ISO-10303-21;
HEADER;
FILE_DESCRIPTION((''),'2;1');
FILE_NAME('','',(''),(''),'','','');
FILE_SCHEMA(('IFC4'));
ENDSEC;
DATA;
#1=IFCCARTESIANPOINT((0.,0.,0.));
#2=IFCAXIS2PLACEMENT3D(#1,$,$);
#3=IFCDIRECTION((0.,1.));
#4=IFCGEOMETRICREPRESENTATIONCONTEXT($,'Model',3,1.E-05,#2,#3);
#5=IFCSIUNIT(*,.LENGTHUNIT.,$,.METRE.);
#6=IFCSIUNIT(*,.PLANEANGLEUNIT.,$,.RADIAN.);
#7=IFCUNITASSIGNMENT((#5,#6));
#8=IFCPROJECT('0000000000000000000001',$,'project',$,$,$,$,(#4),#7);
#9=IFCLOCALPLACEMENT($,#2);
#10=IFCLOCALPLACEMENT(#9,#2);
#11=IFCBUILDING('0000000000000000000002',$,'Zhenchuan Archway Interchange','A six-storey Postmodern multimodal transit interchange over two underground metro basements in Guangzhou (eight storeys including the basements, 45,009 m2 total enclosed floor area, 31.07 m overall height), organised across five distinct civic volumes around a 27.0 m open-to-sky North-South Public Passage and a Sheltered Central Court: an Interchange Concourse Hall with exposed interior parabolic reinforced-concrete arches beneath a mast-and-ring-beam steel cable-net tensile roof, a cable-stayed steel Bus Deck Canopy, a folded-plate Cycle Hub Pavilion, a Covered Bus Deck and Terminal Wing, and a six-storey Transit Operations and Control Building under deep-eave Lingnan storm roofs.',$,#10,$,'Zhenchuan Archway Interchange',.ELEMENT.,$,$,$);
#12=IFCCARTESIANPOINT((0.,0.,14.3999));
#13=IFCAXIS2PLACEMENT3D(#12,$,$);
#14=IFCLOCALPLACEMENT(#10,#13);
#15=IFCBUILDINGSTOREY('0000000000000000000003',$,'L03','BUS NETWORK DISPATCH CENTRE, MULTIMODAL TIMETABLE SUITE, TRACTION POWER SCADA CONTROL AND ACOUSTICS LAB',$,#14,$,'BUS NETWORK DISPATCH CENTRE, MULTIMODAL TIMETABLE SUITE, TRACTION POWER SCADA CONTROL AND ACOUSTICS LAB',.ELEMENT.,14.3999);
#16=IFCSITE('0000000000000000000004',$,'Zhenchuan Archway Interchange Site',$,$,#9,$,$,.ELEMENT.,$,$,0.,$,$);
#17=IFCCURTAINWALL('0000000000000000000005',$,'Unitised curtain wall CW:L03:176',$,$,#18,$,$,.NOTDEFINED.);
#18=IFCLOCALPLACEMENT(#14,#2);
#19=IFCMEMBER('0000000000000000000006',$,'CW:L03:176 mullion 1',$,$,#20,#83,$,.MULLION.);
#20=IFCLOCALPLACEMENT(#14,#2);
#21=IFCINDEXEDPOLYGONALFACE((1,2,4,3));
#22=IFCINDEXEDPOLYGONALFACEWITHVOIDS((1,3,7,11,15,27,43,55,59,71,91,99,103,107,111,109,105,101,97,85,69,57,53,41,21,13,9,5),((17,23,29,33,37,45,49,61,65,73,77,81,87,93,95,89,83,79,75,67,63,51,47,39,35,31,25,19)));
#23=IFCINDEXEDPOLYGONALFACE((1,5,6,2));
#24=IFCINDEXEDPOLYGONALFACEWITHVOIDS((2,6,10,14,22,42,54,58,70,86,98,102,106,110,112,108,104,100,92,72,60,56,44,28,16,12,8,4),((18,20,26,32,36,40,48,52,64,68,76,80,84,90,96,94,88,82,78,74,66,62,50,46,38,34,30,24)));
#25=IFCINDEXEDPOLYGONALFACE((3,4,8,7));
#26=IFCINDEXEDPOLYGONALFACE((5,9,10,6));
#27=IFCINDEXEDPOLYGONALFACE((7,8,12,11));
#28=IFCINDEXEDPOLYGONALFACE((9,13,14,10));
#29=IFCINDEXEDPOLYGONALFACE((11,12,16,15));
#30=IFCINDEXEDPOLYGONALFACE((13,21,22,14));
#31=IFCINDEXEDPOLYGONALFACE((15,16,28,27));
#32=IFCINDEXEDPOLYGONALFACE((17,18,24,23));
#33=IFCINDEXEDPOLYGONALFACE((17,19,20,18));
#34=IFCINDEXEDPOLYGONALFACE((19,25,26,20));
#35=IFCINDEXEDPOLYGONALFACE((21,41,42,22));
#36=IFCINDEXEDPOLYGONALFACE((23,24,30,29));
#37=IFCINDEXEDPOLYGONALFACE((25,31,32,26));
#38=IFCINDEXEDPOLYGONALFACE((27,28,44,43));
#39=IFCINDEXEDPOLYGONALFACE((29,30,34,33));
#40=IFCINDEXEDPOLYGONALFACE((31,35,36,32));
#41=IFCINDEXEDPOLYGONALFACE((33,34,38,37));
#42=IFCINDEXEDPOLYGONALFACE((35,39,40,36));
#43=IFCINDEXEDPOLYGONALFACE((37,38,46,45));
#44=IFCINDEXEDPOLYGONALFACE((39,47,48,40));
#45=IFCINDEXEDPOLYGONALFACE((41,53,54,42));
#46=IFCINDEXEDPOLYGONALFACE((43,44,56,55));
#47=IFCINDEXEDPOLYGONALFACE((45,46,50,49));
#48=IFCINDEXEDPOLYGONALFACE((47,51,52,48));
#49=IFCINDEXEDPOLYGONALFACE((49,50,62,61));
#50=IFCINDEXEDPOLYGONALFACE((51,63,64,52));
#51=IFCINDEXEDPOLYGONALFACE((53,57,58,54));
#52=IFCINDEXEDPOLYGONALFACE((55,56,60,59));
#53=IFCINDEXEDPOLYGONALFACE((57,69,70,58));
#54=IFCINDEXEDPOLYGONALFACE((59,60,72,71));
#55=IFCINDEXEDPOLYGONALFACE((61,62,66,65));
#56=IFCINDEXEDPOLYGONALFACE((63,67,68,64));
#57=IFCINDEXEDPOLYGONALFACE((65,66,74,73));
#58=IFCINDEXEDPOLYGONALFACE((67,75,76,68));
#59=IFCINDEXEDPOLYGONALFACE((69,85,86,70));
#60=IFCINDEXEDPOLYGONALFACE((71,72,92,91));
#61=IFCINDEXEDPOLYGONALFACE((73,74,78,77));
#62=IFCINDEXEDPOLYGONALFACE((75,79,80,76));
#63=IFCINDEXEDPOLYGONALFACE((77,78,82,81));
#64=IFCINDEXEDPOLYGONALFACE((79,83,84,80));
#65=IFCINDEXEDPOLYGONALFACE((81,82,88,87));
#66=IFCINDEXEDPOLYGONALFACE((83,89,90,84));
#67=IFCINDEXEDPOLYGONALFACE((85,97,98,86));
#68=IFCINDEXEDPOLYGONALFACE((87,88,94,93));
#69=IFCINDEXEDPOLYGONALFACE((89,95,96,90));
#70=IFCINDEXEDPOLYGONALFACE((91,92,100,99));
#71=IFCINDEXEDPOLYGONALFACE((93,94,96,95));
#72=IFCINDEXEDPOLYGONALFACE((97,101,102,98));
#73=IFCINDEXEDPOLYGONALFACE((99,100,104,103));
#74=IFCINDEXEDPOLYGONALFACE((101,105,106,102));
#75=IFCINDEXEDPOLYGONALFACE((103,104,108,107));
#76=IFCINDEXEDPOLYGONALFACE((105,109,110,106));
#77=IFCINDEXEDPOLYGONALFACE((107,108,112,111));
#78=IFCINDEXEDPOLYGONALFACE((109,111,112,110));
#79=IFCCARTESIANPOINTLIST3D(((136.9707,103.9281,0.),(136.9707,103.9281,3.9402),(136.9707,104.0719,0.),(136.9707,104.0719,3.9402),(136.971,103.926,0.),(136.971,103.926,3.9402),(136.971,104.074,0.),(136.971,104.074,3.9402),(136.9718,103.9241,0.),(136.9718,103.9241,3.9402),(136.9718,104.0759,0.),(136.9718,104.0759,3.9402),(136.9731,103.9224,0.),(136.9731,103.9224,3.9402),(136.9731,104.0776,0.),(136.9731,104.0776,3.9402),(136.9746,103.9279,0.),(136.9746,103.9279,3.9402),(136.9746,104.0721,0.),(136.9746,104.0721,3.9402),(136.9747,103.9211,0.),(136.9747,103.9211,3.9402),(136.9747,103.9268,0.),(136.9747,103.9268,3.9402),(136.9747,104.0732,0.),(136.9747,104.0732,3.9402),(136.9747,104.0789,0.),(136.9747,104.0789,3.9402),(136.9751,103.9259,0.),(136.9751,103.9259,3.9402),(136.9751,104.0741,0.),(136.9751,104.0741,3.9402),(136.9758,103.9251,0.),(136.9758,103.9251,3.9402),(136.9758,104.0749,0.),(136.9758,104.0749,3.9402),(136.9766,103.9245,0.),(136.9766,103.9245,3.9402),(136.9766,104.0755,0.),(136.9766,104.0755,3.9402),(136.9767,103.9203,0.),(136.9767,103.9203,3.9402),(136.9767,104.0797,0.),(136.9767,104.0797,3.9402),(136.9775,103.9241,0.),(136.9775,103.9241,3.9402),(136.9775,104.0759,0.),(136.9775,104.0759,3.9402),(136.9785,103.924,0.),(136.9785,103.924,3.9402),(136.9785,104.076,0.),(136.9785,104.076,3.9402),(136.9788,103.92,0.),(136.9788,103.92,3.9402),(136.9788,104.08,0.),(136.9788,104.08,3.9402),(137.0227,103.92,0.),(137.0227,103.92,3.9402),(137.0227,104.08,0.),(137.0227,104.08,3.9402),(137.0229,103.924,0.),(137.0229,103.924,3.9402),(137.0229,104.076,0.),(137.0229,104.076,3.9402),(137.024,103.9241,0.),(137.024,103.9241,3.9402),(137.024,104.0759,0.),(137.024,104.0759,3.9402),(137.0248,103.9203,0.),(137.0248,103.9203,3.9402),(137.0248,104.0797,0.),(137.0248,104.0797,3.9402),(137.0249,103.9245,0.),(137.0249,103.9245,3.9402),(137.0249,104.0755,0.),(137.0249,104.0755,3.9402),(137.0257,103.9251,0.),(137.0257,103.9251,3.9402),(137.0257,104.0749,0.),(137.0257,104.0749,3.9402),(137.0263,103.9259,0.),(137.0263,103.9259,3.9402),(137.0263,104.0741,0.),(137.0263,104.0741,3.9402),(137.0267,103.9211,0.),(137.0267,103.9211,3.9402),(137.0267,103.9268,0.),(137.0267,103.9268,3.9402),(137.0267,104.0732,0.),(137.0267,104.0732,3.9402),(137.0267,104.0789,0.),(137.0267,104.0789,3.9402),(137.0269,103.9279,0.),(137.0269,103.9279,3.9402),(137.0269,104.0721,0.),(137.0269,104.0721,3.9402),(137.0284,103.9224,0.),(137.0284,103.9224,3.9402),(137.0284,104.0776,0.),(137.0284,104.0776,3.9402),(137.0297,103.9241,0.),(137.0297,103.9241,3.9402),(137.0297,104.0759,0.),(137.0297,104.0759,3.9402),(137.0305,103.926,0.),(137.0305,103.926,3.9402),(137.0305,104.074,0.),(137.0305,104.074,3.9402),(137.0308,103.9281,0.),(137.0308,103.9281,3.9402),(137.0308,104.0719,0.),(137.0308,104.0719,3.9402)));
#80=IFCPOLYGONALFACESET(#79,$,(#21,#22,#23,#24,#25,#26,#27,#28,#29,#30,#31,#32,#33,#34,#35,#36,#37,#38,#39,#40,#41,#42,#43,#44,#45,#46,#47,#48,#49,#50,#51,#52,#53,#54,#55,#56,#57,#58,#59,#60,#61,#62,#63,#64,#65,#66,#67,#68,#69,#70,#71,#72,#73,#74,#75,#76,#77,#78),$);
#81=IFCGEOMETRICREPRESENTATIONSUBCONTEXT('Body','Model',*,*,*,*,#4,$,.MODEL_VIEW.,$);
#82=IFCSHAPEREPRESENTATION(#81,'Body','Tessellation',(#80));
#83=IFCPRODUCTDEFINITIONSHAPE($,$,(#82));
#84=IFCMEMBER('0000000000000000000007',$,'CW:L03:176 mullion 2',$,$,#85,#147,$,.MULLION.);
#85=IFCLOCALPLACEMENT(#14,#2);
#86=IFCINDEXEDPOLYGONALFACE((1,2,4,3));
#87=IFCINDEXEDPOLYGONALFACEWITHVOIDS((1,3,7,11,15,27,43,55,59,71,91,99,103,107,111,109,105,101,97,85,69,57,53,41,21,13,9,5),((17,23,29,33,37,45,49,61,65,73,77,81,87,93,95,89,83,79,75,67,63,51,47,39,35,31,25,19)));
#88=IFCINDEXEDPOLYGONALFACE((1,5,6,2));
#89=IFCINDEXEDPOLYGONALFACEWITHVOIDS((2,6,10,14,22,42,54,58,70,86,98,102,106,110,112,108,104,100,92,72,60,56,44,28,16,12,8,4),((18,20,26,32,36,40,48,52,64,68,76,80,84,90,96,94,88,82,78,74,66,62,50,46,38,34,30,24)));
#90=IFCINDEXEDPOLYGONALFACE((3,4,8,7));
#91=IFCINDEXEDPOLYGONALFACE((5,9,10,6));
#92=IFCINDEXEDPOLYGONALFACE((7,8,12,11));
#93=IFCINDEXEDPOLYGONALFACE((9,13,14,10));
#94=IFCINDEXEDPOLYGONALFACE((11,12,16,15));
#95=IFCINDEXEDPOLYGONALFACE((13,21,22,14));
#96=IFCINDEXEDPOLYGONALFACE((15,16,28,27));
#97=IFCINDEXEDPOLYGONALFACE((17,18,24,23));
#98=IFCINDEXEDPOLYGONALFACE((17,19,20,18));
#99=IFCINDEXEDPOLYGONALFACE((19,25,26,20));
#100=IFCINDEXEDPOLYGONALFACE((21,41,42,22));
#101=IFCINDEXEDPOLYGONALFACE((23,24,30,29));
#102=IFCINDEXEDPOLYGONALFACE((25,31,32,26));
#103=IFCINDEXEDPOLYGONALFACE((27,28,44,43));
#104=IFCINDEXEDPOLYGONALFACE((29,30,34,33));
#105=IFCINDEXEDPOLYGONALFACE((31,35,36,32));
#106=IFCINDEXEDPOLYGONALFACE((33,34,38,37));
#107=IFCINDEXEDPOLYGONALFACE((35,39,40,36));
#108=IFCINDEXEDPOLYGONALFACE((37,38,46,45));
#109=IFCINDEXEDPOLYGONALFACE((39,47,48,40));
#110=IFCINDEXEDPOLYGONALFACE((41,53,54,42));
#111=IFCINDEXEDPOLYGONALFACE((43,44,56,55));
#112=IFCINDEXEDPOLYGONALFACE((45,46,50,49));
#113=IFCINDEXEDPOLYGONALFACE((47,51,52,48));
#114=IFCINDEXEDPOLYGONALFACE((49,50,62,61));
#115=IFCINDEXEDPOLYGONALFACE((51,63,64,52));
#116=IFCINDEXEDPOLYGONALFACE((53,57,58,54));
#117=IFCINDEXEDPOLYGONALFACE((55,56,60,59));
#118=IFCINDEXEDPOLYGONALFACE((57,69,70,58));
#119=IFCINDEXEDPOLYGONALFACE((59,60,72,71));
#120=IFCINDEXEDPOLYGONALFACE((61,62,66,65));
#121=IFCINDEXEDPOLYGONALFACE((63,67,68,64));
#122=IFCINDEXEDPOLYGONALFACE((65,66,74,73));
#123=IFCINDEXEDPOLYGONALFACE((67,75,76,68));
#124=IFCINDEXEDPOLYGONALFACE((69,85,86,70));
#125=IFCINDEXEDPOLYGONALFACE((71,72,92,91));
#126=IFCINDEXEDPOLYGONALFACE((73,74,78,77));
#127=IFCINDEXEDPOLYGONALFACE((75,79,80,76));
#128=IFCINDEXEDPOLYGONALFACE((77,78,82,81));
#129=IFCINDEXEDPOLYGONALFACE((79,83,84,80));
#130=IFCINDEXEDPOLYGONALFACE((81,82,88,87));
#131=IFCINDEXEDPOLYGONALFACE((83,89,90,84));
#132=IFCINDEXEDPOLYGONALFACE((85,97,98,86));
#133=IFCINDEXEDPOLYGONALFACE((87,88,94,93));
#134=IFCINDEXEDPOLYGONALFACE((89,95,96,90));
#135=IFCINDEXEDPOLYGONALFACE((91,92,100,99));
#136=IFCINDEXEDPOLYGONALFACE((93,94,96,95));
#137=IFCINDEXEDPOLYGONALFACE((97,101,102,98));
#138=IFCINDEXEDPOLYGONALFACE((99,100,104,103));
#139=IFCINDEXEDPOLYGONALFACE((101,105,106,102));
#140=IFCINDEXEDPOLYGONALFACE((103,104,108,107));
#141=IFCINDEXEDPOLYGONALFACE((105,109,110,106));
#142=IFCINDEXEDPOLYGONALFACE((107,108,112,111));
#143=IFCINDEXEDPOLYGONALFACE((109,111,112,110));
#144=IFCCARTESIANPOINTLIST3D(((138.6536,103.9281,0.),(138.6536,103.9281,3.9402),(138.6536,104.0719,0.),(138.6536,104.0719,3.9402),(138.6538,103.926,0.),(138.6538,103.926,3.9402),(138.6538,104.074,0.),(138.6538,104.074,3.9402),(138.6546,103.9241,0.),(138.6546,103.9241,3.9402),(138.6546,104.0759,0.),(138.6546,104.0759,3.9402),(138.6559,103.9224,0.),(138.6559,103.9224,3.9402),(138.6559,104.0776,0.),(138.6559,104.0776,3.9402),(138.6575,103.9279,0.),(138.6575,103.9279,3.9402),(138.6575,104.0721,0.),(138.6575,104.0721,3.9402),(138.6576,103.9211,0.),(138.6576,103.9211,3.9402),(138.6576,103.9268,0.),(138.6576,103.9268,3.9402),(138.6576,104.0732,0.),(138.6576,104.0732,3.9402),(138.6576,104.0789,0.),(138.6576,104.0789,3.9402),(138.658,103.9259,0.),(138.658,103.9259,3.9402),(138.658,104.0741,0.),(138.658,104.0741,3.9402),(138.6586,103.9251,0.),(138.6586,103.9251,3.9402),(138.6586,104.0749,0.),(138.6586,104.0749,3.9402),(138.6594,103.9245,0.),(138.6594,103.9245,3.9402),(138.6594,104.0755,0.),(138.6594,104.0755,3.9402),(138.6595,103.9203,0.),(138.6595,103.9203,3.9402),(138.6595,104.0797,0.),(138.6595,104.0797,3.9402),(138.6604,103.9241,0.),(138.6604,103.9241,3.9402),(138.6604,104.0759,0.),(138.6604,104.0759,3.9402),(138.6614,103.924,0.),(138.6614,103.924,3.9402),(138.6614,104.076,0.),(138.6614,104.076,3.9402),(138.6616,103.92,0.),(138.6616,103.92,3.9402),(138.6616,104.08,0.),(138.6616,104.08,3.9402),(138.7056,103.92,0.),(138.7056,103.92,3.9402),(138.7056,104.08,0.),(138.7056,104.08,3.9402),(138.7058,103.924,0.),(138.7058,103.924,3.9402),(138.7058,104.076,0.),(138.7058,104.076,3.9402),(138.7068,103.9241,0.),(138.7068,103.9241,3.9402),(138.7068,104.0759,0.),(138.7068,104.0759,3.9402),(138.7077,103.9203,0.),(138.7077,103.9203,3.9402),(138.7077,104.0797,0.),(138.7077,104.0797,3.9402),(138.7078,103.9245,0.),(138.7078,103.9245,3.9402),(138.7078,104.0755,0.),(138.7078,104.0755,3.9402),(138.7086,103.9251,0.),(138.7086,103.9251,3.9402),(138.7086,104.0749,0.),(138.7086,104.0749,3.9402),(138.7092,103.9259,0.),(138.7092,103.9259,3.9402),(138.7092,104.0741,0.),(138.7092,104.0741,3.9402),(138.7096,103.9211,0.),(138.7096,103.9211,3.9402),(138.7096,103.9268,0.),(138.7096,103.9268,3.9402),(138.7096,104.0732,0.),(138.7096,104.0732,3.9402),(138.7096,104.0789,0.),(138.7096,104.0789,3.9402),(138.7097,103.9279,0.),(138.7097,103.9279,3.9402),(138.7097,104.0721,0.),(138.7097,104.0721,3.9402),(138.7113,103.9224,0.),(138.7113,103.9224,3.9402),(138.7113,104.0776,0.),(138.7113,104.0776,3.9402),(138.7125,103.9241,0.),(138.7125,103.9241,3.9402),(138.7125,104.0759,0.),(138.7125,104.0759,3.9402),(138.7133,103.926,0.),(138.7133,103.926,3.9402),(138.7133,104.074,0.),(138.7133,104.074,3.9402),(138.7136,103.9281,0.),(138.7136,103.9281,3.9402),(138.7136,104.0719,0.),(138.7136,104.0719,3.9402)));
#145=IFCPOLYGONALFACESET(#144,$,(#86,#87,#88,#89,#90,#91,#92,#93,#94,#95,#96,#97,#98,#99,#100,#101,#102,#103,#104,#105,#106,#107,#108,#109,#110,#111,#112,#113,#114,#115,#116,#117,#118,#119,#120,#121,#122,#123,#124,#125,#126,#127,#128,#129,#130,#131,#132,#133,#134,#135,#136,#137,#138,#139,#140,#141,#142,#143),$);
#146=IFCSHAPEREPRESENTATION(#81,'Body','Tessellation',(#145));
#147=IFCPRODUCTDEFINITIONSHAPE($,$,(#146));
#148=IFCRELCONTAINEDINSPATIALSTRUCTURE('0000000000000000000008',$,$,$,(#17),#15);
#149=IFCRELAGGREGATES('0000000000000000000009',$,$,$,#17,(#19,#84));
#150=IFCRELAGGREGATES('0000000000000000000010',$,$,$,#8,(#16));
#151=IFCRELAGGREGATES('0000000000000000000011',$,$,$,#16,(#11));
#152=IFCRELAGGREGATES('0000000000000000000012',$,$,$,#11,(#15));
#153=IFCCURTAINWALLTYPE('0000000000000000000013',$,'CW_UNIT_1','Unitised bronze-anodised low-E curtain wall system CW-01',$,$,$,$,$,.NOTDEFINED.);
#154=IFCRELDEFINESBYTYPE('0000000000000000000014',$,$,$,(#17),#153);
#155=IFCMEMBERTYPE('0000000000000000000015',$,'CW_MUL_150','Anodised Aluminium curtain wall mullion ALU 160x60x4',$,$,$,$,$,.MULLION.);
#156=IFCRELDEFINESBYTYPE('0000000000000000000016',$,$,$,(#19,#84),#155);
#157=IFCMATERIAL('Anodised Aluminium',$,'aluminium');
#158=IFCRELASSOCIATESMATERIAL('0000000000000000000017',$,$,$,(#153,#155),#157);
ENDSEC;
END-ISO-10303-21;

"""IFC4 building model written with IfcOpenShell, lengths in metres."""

from ifc_helpers import new_model, si_unit, direction, frame, origin, origin_2d, place, context, subcontext, project, spatial, hollow_rectangle, extrude, material, material_profile, profile_set, type_object, element, aggregate, save


model = new_model("IFC4")

# Units and contexts
model_context = context("Model", 3, precision=1e-05, world=origin(), true_north=direction((0.0, 1.0)))
body_context = subcontext(model_context, "Body", "Model", "MODEL_VIEW")
ifc_project = project(units=[si_unit("LENGTHUNIT", "METRE"), si_unit("PLANEANGLEUNIT", "RADIAN")], contexts=[model_context])

# Site, building, storey
site_placement = place(None, origin())
site = spatial("IfcSite", under=ifc_project, at=site_placement, Name="Zhenchuan Archway Interchange Site", CompositionType="ELEMENT", RefElevation=0.0)
building_placement = place(site_placement, origin())
building = spatial("IfcBuilding", under=site, at=building_placement, Name="Zhenchuan Archway Interchange", Description="A six-storey Postmodern multimodal transit interchange over two underground metro basements in Guangzhou (eight storeys including the basements, 45,009 m2 total enclosed floor area, 31.07 m overall height), organised across five distinct civic volumes around a 27.0 m open-to-sky North-South Public Passage and a Sheltered Central Court: an Interchange Concourse Hall with exposed interior parabolic reinforced-concrete arches beneath a mast-and-ring-beam steel cable-net tensile roof, a cable-stayed steel Bus Deck Canopy, a folded-plate Cycle Hub Pavilion, a Covered Bus Deck and Terminal Wing, and a six-storey Transit Operations and Control Building under deep-eave Lingnan storm roofs.", LongName="Zhenchuan Archway Interchange", CompositionType="ELEMENT")
storey_placement = place(building_placement, frame((0.0, 0.0, 14.3999)))
storey = spatial("IfcBuildingStorey", under=building, at=storey_placement, Name="L03", Description="BUS NETWORK DISPATCH CENTRE, MULTIMODAL TIMETABLE SUITE, TRACTION POWER SCADA CONTROL AND ACOUSTICS LAB", LongName="BUS NETWORK DISPATCH CENTRE, MULTIMODAL TIMETABLE SUITE, TRACTION POWER SCADA CONTROL AND ACOUSTICS LAB", CompositionType="ELEMENT", Elevation=14.3999)

# Curtain wall, members
ifc_material_1 = material(Name="Anodised Aluminium", Category="aluminium")
curtain_wall_type = type_object("IfcCurtainWallType", Name="CW_UNIT_1", Description="Unitised bronze-anodised low-E curtain wall system CW-01", PredefinedType="NOTDEFINED", material=ifc_material_1)
curtain_wall_placement = place(storey_placement, origin())
curtain_wall = element("IfcCurtainWall", 1, at=curtain_wall_placement, inside=storey, type_object=curtain_wall_type, Name="Unitised curtain wall CW:L03:176", PredefinedType="NOTDEFINED")
ifc_material_profile_1 = material_profile(ifc_material_1, hollow_rectangle(XDim=0.0601, YDim=0.1599, WallThickness=0.0039, InnerFilletRadius=0.0039, OuterFilletRadius=0.0081, at=origin_2d()), Name="ALU 160x60x4")
ifc_profile_set_1 = profile_set([ifc_material_profile_1], Name="Anodised Aluminium")
member_type_1 = type_object("IfcMemberType", Name="CW_MUL_150", Description="Anodised Aluminium curtain wall mullion ALU 160x60x4", PredefinedType="MULLION", material=ifc_profile_set_1)
member_1_placement = place(storey_placement, frame((137.0007, 104.0, 0.0), z_axis=(0.0, 0.0, 1.0), x_axis=(1.0, 0.0, 0.0)))
member_1 = element("IfcMember", 2, at=member_1_placement, type_object=member_type_1, Name="CW:L03:176 mullion 1", PredefinedType="MULLION", context=body_context, shape_type="SweptSolid", body=[
    extrude(hollow_rectangle(XDim=0.0601, YDim=0.1599, WallThickness=0.0039, InnerFilletRadius=0.0039, OuterFilletRadius=0.0081, at=origin_2d()), origin(), (0.0, 0.0, 1.0), 3.9402),
])
member_2_placement = place(storey_placement, frame((138.6836, 104.0, 0.0), z_axis=(0.0, 0.0, 1.0), x_axis=(1.0, 0.0, 0.0)))
member_2 = element("IfcMember", 3, at=member_2_placement, type_object=member_type_1, Name="CW:L03:176 mullion 2", PredefinedType="MULLION", context=body_context, shape_type="SweptSolid", body=[
    extrude(hollow_rectangle(XDim=0.0601, YDim=0.1599, WallThickness=0.0039, InnerFilletRadius=0.0039, OuterFilletRadius=0.0081, at=origin_2d()), origin(), (0.0, 0.0, 1.0), 3.9402),
])

aggregate(curtain_wall, [member_1, member_2])

save(model, "model.ifc")
